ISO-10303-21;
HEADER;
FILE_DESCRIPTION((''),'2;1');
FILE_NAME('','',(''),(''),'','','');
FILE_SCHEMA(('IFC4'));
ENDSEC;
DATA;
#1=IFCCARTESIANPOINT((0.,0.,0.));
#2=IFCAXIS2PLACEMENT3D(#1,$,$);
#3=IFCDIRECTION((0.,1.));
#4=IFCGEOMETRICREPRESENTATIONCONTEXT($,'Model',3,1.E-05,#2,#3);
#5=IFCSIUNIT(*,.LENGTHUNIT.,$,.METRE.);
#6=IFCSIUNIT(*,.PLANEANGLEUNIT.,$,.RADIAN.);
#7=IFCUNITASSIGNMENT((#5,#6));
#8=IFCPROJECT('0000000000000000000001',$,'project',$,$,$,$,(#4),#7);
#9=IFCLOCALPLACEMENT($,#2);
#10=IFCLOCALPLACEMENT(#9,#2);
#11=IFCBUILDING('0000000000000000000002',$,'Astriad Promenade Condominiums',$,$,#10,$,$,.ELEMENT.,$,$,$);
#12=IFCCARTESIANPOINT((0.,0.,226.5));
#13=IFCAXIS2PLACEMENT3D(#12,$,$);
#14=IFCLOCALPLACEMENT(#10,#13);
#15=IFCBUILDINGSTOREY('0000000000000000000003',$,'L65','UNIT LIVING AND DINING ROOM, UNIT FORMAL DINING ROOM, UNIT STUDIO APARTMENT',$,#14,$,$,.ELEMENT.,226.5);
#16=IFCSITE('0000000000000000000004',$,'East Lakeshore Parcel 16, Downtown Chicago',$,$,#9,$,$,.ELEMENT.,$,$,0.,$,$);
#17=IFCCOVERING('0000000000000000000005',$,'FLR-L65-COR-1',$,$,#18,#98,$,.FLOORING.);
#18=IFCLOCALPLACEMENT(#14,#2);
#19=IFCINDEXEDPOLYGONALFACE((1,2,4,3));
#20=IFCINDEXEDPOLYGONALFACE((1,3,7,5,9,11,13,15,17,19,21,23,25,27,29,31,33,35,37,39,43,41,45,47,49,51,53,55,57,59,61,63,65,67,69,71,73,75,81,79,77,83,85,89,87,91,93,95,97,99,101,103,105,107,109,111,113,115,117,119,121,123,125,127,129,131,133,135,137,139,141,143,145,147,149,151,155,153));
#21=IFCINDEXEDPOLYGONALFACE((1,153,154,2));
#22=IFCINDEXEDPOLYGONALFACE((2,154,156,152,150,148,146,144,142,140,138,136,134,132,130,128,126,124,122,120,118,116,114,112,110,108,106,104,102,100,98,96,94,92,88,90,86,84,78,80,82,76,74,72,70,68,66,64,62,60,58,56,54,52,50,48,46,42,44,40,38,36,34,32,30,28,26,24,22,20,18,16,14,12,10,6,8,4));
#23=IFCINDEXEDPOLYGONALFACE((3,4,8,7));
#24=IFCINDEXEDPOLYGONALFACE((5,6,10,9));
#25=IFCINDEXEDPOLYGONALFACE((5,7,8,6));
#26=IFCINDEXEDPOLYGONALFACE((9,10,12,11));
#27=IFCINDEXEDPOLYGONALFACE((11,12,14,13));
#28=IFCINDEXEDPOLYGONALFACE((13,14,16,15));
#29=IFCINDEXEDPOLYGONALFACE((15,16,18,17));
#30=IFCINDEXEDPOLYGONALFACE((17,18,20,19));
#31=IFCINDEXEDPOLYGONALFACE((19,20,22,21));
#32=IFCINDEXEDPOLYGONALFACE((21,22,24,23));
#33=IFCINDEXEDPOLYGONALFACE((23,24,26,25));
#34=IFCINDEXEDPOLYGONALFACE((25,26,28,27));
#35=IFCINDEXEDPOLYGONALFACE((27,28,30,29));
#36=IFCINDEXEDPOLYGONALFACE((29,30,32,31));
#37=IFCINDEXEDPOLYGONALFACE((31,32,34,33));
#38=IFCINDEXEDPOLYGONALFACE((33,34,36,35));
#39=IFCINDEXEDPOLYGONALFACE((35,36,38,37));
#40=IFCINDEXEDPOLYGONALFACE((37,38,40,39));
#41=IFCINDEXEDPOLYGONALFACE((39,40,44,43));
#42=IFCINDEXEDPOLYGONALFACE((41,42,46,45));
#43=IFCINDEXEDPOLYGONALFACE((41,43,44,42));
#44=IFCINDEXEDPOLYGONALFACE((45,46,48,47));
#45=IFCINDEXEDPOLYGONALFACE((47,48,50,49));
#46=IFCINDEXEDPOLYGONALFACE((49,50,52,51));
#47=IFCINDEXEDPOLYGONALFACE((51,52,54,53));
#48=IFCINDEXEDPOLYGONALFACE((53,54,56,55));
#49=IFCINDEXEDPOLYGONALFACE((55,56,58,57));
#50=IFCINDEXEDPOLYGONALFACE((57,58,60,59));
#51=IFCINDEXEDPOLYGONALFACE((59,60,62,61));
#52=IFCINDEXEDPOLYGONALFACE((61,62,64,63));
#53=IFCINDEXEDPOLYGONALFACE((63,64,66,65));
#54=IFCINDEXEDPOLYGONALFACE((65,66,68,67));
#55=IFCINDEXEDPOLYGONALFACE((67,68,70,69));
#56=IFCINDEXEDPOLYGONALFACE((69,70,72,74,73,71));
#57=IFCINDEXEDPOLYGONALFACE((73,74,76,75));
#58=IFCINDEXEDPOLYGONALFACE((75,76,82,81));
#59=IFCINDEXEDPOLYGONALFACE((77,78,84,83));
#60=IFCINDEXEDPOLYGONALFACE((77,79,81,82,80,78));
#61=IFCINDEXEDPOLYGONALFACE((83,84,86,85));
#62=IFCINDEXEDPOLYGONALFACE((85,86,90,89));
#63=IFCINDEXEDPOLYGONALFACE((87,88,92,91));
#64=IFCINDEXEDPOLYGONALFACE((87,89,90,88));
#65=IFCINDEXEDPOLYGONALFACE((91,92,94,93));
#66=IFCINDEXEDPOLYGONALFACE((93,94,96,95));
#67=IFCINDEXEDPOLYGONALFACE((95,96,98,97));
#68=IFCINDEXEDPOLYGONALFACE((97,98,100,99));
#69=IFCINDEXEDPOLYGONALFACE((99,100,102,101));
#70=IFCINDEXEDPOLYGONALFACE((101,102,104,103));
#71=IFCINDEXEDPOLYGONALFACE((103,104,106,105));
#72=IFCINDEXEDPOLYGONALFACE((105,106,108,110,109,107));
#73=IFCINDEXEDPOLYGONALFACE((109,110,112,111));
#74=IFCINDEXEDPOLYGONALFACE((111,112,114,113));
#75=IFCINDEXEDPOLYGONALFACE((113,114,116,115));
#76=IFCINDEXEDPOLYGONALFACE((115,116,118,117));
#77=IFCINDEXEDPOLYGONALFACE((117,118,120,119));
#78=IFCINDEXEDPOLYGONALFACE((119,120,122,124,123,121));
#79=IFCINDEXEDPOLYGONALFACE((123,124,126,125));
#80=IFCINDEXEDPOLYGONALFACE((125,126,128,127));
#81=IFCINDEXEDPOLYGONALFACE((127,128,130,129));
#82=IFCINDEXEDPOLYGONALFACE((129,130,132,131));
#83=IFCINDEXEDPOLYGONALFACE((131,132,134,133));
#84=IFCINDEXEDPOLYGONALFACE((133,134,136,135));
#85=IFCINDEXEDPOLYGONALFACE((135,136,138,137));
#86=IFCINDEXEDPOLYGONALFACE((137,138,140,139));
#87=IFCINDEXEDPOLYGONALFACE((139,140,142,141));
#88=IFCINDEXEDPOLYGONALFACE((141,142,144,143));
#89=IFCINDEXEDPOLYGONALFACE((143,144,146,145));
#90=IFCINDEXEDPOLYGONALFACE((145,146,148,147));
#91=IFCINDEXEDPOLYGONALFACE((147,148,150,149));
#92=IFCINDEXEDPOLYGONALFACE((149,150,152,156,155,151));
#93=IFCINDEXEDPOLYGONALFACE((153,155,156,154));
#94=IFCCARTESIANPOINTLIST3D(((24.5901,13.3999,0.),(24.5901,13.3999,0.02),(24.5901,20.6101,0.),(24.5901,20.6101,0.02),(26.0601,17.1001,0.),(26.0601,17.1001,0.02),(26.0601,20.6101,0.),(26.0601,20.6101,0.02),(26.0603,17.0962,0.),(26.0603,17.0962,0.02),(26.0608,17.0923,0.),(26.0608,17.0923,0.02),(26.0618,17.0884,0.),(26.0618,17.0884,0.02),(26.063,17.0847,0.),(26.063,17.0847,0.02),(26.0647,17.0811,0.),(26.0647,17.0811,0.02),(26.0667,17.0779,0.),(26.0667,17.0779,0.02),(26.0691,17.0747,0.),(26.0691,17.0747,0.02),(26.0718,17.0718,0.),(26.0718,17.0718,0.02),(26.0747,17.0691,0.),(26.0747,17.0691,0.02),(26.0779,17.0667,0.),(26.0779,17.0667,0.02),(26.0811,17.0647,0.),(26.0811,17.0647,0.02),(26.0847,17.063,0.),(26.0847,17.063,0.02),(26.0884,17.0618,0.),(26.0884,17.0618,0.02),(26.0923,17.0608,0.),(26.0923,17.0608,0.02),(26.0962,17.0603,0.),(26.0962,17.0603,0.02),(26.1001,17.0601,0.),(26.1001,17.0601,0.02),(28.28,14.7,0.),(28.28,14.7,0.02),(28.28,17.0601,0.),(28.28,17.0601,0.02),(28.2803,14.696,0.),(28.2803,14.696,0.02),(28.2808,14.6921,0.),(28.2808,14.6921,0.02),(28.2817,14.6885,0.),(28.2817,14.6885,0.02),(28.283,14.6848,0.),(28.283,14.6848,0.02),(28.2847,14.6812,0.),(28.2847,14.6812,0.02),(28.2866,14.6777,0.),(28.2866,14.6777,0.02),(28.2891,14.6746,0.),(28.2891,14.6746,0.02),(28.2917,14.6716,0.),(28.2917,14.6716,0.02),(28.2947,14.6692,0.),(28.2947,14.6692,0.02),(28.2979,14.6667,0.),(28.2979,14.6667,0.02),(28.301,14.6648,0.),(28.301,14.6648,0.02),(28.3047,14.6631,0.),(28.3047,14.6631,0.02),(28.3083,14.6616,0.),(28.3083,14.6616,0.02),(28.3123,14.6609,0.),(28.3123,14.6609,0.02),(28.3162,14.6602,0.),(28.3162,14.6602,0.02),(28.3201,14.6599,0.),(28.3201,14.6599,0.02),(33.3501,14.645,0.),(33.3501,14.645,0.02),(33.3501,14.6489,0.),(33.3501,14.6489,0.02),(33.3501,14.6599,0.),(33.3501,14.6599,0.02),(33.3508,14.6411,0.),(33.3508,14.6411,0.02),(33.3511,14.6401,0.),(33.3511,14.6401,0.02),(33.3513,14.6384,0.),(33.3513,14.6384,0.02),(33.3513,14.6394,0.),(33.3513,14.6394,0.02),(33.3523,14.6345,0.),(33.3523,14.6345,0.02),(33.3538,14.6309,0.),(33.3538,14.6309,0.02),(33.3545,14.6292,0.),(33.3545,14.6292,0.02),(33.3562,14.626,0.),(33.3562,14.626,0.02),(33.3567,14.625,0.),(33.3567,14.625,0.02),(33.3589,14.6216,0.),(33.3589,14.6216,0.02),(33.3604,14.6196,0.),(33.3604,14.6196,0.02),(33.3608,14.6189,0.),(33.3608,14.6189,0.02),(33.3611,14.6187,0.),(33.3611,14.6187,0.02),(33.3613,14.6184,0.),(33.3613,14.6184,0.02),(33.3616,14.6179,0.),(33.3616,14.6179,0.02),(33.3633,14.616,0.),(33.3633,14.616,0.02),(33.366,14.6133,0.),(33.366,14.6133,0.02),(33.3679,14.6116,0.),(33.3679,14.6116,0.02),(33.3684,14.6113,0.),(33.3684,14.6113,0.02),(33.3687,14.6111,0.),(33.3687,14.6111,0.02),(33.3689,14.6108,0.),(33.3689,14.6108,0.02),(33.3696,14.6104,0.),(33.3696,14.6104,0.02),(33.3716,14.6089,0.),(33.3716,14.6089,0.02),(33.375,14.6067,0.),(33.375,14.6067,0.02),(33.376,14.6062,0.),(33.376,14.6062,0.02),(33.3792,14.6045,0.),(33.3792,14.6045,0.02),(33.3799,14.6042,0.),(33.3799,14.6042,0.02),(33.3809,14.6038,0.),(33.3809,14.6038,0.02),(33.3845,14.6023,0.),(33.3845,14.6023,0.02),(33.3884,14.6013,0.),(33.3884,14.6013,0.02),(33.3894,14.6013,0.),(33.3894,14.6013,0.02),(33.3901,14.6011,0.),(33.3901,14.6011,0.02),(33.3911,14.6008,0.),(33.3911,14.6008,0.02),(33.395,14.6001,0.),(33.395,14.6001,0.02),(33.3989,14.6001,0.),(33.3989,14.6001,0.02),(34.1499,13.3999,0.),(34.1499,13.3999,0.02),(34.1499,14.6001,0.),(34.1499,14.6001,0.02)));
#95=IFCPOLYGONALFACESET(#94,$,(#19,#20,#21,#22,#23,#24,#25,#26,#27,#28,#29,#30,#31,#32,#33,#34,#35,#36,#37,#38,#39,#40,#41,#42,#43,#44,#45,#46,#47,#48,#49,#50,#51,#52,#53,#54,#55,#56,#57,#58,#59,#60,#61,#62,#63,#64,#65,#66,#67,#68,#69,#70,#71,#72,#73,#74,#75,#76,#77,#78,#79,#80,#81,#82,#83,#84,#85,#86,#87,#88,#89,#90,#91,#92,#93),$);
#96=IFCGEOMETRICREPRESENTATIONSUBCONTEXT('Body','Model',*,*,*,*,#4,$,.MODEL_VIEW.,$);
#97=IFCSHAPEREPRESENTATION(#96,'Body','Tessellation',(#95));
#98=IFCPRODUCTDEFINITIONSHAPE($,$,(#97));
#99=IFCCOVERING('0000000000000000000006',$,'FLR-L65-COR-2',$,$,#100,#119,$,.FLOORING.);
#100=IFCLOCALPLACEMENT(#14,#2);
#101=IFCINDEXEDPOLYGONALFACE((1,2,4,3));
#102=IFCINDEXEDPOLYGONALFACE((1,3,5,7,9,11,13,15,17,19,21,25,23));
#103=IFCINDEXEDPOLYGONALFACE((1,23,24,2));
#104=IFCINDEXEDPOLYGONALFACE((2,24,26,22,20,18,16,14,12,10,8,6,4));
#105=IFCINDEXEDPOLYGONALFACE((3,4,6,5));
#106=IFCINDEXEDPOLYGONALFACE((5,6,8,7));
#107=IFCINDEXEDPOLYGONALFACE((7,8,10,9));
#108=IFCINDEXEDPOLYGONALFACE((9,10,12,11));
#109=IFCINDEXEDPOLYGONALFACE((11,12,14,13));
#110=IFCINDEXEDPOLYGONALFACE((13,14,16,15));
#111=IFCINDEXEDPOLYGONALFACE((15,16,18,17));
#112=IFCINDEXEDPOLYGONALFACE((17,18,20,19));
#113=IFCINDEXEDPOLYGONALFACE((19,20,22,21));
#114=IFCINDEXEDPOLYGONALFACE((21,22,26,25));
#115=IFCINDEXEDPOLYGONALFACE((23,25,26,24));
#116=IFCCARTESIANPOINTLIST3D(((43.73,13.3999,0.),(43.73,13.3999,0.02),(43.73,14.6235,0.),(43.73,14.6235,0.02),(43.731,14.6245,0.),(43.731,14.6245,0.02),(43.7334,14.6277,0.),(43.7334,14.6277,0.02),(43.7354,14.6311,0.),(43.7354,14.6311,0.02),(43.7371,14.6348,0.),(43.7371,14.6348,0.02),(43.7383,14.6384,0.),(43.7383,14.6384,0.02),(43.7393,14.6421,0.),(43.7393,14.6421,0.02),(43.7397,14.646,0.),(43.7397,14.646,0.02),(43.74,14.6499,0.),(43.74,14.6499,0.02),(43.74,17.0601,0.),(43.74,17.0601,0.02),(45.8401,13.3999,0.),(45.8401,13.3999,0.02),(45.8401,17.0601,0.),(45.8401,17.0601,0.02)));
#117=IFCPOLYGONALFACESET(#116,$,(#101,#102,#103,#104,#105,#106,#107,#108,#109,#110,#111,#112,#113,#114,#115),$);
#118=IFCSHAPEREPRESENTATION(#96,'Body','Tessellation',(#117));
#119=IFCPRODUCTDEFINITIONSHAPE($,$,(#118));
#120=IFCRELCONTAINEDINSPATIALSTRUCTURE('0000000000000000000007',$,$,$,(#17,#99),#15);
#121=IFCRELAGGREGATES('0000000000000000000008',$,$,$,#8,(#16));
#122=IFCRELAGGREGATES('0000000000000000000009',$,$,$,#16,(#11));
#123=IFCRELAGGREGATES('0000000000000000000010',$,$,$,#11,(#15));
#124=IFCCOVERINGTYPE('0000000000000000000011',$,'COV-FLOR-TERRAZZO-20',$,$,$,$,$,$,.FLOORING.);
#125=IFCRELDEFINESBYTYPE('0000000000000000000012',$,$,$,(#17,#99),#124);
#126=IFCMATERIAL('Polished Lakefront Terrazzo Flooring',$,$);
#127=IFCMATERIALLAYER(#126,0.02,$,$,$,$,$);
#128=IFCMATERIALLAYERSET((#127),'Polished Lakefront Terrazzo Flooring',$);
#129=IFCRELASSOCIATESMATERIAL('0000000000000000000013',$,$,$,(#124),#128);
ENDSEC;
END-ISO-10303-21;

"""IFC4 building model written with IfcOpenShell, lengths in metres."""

from ifc_helpers import new_model, si_unit, direction, frame, origin, place, context, subcontext, project, spatial, polyline, outline, extrude, material, layer, layer_set, type_object, element, save


model = new_model("IFC4")

# Units and contexts
model_context = context("Model", 3, precision=1e-05, world=origin(), true_north=direction((0.0, 1.0)))
body_context = subcontext(model_context, "Body", "Model", "MODEL_VIEW")
ifc_project = project(units=[si_unit("LENGTHUNIT", "METRE"), si_unit("PLANEANGLEUNIT", "RADIAN")], contexts=[model_context])

# Site, building, storey
site_placement = place(None, origin())
site = spatial("IfcSite", under=ifc_project, at=site_placement, Name="East Lakeshore Parcel 16, Downtown Chicago", CompositionType="ELEMENT", RefElevation=0.0)
building_placement = place(site_placement, origin())
building = spatial("IfcBuilding", under=site, at=building_placement, Name="Astriad Promenade Condominiums", CompositionType="ELEMENT")
storey_placement = place(building_placement, frame((0.0, 0.0, 226.5)))
storey = spatial("IfcBuildingStorey", under=building, at=storey_placement, Name="L65", Description="UNIT LIVING AND DINING ROOM, UNIT FORMAL DINING ROOM, UNIT STUDIO APARTMENT", CompositionType="ELEMENT", Elevation=226.5)

# Coverings
ifc_material_1 = material(Name="Polished Lakefront Terrazzo Flooring")
ifc_layer_1 = layer(ifc_material_1, 0.02)
ifc_layer_set_1 = layer_set([ifc_layer_1], Name="Polished Lakefront Terrazzo Flooring")
covering_type = type_object("IfcCoveringType", Name="COV-FLOR-TERRAZZO-20", PredefinedType="FLOORING", material=ifc_layer_set_1)
covering_1_placement = place(storey_placement, origin())
element("IfcCovering", 1, at=covering_1_placement, inside=storey, type_object=covering_type, Name="FLR-L65-COR-1", PredefinedType="FLOORING", context=body_context, shape_type="SweptSolid", body=[
    extrude(outline(polyline([(24.5901, 13.3999), (24.5901, 20.6101), (26.0601, 20.6101), (26.0601, 17.1001), (26.0603, 17.0962), (26.0608, 17.0923), (26.0618, 17.0884), (26.063, 17.0847), (26.0647, 17.0811), (26.0667, 17.0779), (26.0691, 17.0747), (26.0718, 17.0718), (26.0747, 17.0691), (26.0779, 17.0667), (26.0811, 17.0647), (26.0847, 17.063), (26.0884, 17.0618), (26.0923, 17.0608), (26.0962, 17.0603), (26.1001, 17.0601), (28.28, 17.0601), (28.28, 14.7), (28.2803, 14.696), (28.2808, 14.6921), (28.2817, 14.6885), (28.283, 14.6848), (28.2847, 14.6812), (28.2866, 14.6777), (28.2891, 14.6746), (28.2917, 14.6716), (28.2947, 14.6692), (28.2979, 14.6667), (28.301, 14.6648), (28.3047, 14.6631), (28.3083, 14.6616), (28.3123, 14.6609), (28.3162, 14.6602), (28.3201, 14.6599), (33.3501, 14.6599), (33.3501, 14.6489), (33.3501, 14.645), (33.3508, 14.6411), (33.3511, 14.6401), (33.3513, 14.6394), (33.3513, 14.6384), (33.3523, 14.6345), (33.3538, 14.6309), (33.3545, 14.6292), (33.3562, 14.626), (33.3567, 14.625), (33.3589, 14.6216), (33.3604, 14.6196), (33.3608, 14.6189), (33.3611, 14.6187), (33.3613, 14.6184), (33.3616, 14.6179), (33.3633, 14.616), (33.366, 14.6133), (33.3679, 14.6116), (33.3684, 14.6113), (33.3687, 14.6111), (33.3689, 14.6108), (33.3696, 14.6104), (33.3716, 14.6089), (33.375, 14.6067), (33.376, 14.6062), (33.3792, 14.6045), (33.3799, 14.6042), (33.3809, 14.6038), (33.3845, 14.6023), (33.3884, 14.6013), (33.3894, 14.6013), (33.3901, 14.6011), (33.3911, 14.6008), (33.395, 14.6001), (33.3989, 14.6001), (34.1499, 14.6001), (34.1499, 13.3999), (24.5901, 13.3999)])), origin(), (0.0, 0.0, 1.0), 0.02),
])
covering_2_placement = place(storey_placement, origin())
element("IfcCovering", 2, at=covering_2_placement, inside=storey, type_object=covering_type, Name="FLR-L65-COR-2", PredefinedType="FLOORING", context=body_context, shape_type="SweptSolid", body=[
    extrude(outline(polyline([(43.73, 14.6235), (43.731, 14.6245), (43.7334, 14.6277), (43.7354, 14.6311), (43.7371, 14.6348), (43.7383, 14.6384), (43.7393, 14.6421), (43.7397, 14.646), (43.74, 14.6499), (43.74, 17.0601), (45.8401, 17.0601), (45.8401, 13.3999), (43.73, 13.3999), (43.73, 14.6235)])), origin(), (0.0, 0.0, 1.0), 0.02),
])

save(model, "model.ifc")
